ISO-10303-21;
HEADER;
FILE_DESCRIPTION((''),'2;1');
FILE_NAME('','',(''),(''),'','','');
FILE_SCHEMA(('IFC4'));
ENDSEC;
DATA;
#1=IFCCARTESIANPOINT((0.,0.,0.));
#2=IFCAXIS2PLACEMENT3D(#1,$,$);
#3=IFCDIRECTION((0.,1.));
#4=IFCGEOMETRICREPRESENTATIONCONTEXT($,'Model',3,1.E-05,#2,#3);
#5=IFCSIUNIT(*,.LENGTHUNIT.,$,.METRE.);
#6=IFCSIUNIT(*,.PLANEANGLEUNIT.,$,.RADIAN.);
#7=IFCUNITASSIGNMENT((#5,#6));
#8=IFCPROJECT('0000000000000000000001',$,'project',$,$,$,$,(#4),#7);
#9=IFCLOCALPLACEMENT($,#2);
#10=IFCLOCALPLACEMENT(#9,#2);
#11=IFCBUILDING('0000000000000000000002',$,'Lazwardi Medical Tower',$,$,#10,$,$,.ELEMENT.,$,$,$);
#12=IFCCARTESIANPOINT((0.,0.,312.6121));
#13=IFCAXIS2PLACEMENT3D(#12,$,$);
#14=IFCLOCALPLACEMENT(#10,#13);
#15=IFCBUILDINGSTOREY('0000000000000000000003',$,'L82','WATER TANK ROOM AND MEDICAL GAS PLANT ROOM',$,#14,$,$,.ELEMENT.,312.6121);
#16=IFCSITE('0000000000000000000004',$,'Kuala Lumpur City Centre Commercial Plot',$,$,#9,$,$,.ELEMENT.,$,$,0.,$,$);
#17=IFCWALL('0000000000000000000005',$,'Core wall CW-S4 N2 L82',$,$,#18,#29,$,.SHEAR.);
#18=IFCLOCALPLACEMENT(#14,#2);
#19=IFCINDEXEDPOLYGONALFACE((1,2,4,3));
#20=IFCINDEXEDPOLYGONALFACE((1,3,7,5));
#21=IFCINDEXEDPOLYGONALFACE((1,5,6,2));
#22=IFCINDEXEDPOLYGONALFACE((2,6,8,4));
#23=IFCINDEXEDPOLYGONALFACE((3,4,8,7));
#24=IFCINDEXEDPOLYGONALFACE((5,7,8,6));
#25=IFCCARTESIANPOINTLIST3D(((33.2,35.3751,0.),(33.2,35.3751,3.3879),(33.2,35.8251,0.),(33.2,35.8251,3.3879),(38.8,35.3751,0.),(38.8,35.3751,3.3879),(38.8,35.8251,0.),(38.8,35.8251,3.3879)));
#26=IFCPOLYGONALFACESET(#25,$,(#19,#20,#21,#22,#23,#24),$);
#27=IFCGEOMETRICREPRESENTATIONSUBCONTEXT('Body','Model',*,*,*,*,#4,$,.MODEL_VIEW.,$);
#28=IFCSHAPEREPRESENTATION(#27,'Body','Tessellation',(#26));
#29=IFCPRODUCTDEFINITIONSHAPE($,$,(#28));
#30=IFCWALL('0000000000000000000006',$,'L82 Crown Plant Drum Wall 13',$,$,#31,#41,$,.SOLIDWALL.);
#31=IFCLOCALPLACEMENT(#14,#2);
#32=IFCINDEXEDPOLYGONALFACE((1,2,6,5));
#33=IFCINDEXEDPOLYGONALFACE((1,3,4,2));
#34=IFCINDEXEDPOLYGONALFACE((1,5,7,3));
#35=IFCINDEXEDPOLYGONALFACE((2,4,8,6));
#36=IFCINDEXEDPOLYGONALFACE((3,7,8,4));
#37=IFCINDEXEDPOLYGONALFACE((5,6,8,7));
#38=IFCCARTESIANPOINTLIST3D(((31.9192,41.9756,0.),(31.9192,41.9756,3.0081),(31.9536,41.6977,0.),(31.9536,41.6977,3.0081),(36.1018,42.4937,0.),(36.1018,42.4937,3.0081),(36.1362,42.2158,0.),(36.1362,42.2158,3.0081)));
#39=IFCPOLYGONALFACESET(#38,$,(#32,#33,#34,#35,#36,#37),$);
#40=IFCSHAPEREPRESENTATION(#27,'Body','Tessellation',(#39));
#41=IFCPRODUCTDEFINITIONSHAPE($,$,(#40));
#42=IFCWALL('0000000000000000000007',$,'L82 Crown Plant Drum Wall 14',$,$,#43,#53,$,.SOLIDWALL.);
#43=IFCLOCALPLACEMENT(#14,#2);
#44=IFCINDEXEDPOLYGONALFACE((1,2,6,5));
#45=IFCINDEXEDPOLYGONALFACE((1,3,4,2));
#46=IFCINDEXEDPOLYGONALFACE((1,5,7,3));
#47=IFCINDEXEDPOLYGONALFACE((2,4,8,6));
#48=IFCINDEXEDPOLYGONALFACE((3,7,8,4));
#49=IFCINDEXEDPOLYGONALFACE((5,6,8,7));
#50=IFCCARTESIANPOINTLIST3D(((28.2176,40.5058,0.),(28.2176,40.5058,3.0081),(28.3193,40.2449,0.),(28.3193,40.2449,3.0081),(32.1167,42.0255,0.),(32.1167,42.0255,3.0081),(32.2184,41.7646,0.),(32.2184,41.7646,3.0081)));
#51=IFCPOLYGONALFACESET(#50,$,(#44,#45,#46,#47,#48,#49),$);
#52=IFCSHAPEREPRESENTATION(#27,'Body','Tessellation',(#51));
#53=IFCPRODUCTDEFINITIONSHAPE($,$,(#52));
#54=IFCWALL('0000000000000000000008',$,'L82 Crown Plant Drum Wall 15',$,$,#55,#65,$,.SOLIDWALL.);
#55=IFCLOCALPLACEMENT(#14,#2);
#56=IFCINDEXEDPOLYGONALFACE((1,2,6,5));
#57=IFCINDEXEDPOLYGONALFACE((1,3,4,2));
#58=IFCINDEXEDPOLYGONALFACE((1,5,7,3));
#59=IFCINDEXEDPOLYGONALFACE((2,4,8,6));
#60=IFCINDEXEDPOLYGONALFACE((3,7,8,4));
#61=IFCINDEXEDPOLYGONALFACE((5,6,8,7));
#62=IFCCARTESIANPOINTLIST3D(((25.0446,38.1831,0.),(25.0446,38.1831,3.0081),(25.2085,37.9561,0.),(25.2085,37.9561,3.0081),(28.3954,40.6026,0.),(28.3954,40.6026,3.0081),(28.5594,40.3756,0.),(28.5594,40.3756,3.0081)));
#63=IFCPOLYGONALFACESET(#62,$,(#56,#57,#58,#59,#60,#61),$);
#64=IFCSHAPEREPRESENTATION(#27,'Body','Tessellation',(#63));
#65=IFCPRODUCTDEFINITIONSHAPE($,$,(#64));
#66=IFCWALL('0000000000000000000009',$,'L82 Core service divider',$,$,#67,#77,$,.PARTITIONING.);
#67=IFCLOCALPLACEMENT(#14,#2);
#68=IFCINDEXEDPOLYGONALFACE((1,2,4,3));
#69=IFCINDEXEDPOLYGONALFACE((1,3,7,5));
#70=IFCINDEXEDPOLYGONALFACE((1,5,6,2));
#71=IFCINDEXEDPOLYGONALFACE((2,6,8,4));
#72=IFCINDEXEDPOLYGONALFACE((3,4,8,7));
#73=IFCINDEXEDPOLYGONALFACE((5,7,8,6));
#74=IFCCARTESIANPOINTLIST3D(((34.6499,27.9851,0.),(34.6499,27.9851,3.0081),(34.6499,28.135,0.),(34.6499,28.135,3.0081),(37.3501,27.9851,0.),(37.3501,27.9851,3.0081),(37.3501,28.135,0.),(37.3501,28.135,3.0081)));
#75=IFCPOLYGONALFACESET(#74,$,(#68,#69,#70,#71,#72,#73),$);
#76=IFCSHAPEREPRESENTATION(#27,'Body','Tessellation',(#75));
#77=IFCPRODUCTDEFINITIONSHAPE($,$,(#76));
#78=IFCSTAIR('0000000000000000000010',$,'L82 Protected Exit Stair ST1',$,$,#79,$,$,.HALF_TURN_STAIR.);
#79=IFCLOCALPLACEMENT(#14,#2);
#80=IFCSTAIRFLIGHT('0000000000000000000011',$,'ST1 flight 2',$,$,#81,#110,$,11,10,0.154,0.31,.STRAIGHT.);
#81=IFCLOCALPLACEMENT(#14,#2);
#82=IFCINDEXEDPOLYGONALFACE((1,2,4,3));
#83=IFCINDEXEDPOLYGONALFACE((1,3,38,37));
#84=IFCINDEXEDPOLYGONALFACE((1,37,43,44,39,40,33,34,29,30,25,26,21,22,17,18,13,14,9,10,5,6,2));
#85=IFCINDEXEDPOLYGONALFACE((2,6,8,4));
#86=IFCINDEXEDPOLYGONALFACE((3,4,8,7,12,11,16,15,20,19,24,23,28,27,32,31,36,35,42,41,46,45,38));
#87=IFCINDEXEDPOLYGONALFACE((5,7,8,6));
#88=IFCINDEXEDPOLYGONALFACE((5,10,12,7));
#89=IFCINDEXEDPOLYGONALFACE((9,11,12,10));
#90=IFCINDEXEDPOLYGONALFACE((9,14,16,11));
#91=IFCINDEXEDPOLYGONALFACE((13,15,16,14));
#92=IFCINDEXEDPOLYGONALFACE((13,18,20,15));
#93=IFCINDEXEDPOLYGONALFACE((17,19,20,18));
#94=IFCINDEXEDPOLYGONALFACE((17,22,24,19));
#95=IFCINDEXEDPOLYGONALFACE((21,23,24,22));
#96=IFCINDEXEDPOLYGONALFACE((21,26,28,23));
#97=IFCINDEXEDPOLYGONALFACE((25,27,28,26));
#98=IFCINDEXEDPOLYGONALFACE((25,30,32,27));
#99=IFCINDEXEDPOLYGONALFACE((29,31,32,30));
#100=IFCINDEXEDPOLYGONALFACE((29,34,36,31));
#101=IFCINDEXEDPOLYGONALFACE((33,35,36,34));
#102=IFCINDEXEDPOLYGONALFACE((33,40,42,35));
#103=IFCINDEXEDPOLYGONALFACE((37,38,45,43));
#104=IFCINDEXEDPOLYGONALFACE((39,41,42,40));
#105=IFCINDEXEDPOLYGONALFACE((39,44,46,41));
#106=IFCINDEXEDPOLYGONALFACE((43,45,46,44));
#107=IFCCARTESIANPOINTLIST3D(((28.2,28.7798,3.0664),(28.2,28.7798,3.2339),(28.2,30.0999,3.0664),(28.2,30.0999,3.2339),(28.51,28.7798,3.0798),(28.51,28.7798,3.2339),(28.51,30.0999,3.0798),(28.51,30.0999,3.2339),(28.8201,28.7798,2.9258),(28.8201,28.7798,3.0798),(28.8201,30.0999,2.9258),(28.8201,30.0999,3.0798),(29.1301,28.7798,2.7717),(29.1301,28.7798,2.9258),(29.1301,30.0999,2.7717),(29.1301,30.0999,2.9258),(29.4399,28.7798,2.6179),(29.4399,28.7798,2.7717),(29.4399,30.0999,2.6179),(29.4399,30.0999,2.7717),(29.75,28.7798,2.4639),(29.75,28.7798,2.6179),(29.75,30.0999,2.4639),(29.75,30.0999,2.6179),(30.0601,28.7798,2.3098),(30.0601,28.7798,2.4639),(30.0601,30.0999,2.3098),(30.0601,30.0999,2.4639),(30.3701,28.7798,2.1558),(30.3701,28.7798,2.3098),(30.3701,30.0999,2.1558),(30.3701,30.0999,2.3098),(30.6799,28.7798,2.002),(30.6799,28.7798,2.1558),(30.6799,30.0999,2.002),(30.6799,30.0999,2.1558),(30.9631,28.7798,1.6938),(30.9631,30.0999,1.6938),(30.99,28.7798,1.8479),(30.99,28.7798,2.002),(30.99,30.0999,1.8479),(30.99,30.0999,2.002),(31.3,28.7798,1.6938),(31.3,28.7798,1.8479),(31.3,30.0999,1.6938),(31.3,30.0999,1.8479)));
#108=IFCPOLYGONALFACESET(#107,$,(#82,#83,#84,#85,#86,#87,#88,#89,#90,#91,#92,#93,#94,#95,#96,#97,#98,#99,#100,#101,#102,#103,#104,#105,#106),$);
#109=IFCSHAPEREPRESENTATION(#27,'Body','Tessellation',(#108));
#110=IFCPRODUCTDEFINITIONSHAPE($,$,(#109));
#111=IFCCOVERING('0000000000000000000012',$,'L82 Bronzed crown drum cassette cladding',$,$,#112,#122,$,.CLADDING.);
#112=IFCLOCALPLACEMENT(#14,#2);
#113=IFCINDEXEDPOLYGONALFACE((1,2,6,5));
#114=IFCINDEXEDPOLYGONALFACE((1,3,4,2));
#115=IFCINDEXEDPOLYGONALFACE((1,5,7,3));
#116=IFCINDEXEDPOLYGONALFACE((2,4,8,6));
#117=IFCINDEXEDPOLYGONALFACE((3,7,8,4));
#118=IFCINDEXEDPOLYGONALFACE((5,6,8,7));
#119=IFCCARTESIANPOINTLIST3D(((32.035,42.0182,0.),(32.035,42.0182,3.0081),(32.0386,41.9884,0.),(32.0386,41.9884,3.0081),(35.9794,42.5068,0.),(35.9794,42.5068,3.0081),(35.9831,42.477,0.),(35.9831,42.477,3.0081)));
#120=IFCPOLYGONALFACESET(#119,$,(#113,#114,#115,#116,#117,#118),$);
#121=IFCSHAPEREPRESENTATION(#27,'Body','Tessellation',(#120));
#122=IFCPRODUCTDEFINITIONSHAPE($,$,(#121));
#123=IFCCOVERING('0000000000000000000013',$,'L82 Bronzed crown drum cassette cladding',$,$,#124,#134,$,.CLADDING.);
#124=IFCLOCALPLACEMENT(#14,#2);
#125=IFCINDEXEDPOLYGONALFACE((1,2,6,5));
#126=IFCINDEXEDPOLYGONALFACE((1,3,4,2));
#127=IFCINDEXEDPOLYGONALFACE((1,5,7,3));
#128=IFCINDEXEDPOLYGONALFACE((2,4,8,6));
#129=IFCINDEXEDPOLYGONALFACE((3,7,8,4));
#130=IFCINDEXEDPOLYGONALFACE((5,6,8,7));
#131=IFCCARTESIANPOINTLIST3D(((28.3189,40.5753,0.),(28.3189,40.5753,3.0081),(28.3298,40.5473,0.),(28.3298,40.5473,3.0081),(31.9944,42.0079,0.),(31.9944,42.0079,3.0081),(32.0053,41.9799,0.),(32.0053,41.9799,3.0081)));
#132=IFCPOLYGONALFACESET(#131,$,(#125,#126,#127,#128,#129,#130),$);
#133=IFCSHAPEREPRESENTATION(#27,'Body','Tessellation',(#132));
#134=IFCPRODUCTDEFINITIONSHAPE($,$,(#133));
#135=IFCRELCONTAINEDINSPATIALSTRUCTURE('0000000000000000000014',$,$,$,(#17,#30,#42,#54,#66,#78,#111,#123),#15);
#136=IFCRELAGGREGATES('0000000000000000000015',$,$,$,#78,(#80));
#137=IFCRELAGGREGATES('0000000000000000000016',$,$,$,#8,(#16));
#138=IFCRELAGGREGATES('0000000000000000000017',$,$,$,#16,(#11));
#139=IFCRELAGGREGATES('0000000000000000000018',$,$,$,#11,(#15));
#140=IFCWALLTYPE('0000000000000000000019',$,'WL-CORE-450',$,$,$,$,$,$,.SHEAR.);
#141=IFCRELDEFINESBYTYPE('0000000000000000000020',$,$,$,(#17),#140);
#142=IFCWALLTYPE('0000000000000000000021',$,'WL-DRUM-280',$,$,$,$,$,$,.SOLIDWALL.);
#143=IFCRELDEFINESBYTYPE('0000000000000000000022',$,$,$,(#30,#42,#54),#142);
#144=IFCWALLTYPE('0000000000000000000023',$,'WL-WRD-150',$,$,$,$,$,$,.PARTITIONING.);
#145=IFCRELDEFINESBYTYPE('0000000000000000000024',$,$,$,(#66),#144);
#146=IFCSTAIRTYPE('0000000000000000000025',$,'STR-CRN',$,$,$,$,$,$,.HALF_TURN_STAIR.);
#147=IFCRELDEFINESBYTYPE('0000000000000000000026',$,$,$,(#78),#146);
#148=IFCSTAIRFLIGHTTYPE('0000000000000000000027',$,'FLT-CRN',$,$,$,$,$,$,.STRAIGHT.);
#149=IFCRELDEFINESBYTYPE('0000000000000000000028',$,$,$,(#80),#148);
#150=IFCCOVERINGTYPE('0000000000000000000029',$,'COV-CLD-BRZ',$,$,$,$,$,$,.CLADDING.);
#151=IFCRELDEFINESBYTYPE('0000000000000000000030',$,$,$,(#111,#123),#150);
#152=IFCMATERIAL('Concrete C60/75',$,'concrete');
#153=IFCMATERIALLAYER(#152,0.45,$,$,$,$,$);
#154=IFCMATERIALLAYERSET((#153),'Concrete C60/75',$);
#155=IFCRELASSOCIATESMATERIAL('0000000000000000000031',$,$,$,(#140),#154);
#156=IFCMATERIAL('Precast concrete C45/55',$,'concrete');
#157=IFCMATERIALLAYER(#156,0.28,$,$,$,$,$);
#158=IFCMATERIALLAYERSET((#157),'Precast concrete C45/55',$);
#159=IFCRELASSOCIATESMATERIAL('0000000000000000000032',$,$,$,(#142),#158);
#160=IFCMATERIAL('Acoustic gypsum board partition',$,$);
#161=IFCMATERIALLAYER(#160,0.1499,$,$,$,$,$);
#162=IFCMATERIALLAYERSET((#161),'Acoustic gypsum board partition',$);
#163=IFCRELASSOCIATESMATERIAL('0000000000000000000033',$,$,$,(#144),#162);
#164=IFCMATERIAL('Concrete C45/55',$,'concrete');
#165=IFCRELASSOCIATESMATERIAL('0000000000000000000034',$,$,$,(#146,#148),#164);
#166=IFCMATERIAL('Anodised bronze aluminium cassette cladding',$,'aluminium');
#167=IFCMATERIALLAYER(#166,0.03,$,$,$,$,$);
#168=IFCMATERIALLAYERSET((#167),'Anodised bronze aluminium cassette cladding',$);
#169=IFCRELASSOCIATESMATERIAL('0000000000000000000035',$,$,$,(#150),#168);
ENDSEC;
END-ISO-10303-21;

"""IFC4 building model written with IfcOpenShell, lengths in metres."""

from ifc_helpers import new_model, si_unit, direction, frame, frame_2d, origin, origin_2d, place, context, subcontext, project, spatial, polyline, rectangle, outline, extrude, material, layer, layer_set, type_object, element, aggregate, save


model = new_model("IFC4")

# Units and contexts
model_context = context("Model", 3, precision=1e-05, world=origin(), true_north=direction((0.0, 1.0)))
body_context = subcontext(model_context, "Body", "Model", "MODEL_VIEW")
ifc_project = project(units=[si_unit("LENGTHUNIT", "METRE"), si_unit("PLANEANGLEUNIT", "RADIAN")], contexts=[model_context])

# Site, building, storey
site_placement = place(None, origin())
site = spatial("IfcSite", under=ifc_project, at=site_placement, Name="Kuala Lumpur City Centre Commercial Plot", CompositionType="ELEMENT", RefElevation=0.0)
building_placement = place(site_placement, origin())
building = spatial("IfcBuilding", under=site, at=building_placement, Name="Lazwardi Medical Tower", CompositionType="ELEMENT")
storey_placement = place(building_placement, frame((0.0, 0.0, 312.6121)))
storey = spatial("IfcBuildingStorey", under=building, at=storey_placement, Name="L82", Description="WATER TANK ROOM AND MEDICAL GAS PLANT ROOM", CompositionType="ELEMENT", Elevation=312.6121)

# Shared definitions
ifc_material_1 = material(Name="Concrete C60/75", Category="concrete")

# Walls
ifc_layer_1 = layer(ifc_material_1, 0.45)
ifc_layer_set_1 = layer_set([ifc_layer_1], Name="Concrete C60/75")
wall_type_1 = type_object("IfcWallType", Name="WL-CORE-450", PredefinedType="SHEAR", material=ifc_layer_set_1)
wall_1_placement = place(storey_placement, frame((33.2, 35.6001, 0.0), z_axis=(0.0, 0.0, 1.0), x_axis=(1.0, 0.0, 0.0)))
element("IfcWall", 1, at=wall_1_placement, inside=storey, type_object=wall_type_1, Name="Core wall CW-S4 N2 L82", PredefinedType="SHEAR", context=body_context, shape_type="SweptSolid", body=[
    extrude(rectangle(XDim=5.6001, YDim=0.45, at=frame_2d((2.8, 0.0))), origin(), (0.0, 0.0, 1.0), 3.3879),
])
ifc_material_2 = material(Name="Precast concrete C45/55", Category="concrete")
ifc_layer_2 = layer(ifc_material_2, 0.28)
ifc_layer_set_2 = layer_set([ifc_layer_2], Name="Precast concrete C45/55")
wall_type_2 = type_object("IfcWallType", Name="WL-DRUM-280", PredefinedType="SOLIDWALL", material=ifc_layer_set_2)
wall_2_placement = place(storey_placement, frame((36.1191, 42.3547, 0.0), z_axis=(0.0, 0.0, 1.0), x_axis=(-0.992416, -0.122922, 0.0)))
element("IfcWall", 2, at=wall_2_placement, inside=storey, type_object=wall_type_2, Name="L82 Crown Plant Drum Wall 13", PredefinedType="SOLIDWALL", context=body_context, shape_type="SweptSolid", body=[
    extrude(rectangle(XDim=4.2146, YDim=0.28, at=frame_2d((2.1074, 0.0))), origin(), (0.0, 0.0, 1.0), 3.0081),
])
wall_3_placement = place(storey_placement, frame((32.1675, 41.895, 0.0), z_axis=(0.0, 0.0, 1.0), x_axis=(-0.931727, -0.363158, 0.0)))
element("IfcWall", 3, at=wall_3_placement, inside=storey, type_object=wall_type_2, Name="L82 Crown Plant Drum Wall 14", PredefinedType="SOLIDWALL", context=body_context, shape_type="SweptSolid", body=[
    extrude(rectangle(XDim=4.1848, YDim=0.28, at=frame_2d((2.0923, 0.0))), origin(), (0.0, 0.0, 1.0), 3.0081),
])
wall_4_placement = place(storey_placement, frame((28.4773, 40.489, 0.0), z_axis=(0.0, 0.0, 1.0), x_axis=(-0.810749, -0.585393, 0.0)))
element("IfcWall", 4, at=wall_4_placement, inside=storey, type_object=wall_type_2, Name="L82 Crown Plant Drum Wall 15", PredefinedType="SOLIDWALL", context=body_context, shape_type="SweptSolid", body=[
    extrude(rectangle(XDim=4.1331, YDim=0.28, at=frame_2d((2.0664, 0.0))), origin(), (0.0, 0.0, 1.0), 3.0081),
])

# Wall
ifc_material_3 = material(Name="Acoustic gypsum board partition")
ifc_layer_3 = layer(ifc_material_3, 0.1499)
ifc_layer_set_3 = layer_set([ifc_layer_3], Name="Acoustic gypsum board partition")
wall_type_3 = type_object("IfcWallType", Name="WL-WRD-150", PredefinedType="PARTITIONING", material=ifc_layer_set_3)
wall_5_placement = place(storey_placement, frame((34.6499, 28.0601, 0.0), z_axis=(0.0, 0.0, 1.0), x_axis=(1.0, 0.0, 0.0)))
element("IfcWall", 5, at=wall_5_placement, inside=storey, type_object=wall_type_3, Name="L82 Core service divider", PredefinedType="PARTITIONING", context=body_context, shape_type="SweptSolid", body=[
    extrude(rectangle(XDim=2.7002, YDim=0.1499, at=frame_2d((1.3501, 0.0))), origin(), (0.0, 0.0, 1.0), 3.0081),
])

# Stair, stair flight
ifc_material_4 = material(Name="Concrete C45/55", Category="concrete")
stair_type = type_object("IfcStairType", Name="STR-CRN", PredefinedType="HALF_TURN_STAIR", material=ifc_material_4)
stair_placement = place(storey_placement, origin())
stair = element("IfcStair", 6, at=stair_placement, inside=storey, type_object=stair_type, Name="L82 Protected Exit Stair ST1", PredefinedType="HALF_TURN_STAIR")
stair_flight_type = type_object("IfcStairFlightType", Name="FLT-CRN", PredefinedType="STRAIGHT", material=ifc_material_4)
stair_flight_placement = place(storey_placement, frame((31.3, 29.4399, 1.6938), z_axis=(0.0, 0.0, 1.0), x_axis=(-1.0, 0.0, 0.0)))
stair_flight = element("IfcStairFlight", 7, at=stair_flight_placement, type_object=stair_flight_type, Name="ST1 flight 2", NumberOfRisers=11, NumberOfTreads=10, PredefinedType="STRAIGHT", RiserHeight=0.154, TreadLength=0.31, context=body_context, shape_type="SweptSolid", body=[
    extrude(outline(polyline([(0.0, 0.0), (0.0, 0.1541), (0.3101, 0.1541), (0.3101, 0.3081), (0.6201, 0.3081), (0.6201, 0.4619), (0.9299, 0.4619), (0.9299, 0.616), (1.24, 0.616), (1.24, 0.77), (1.55, 0.77), (1.55, 0.9241), (1.8601, 0.9241), (1.8601, 1.0779), (2.1699, 1.0779), (2.1699, 1.2319), (2.48, 1.2319), (2.48, 1.386), (2.79, 1.386), (2.79, 1.54), (3.1001, 1.54), (3.1001, 1.6941), (3.1001, 1.3726), (0.3369, 0.0), (0.0, 0.0)])), frame((0.0, 0.6602, 0.0), z_axis=(0.0, -1.0, 0.0), x_axis=(1.0, 0.0, 0.0)), (0.0, 0.0, 1.0), 1.3201),
])
aggregate(stair, [stair_flight])

# Coverings
ifc_material_5 = material(Name="Anodised bronze aluminium cassette cladding", Category="aluminium")
ifc_layer_4 = layer(ifc_material_5, 0.03)
ifc_layer_set_4 = layer_set([ifc_layer_4], Name="Anodised bronze aluminium cassette cladding")
covering_type = type_object("IfcCoveringType", Name="COV-CLD-BRZ", PredefinedType="CLADDING", material=ifc_layer_set_4)
covering_1_placement = place(storey_placement, frame((34.009, 42.2476, 0.0), z_axis=(0.0, 0.0, 1.0), x_axis=(-0.992415, -0.122933, 0.0)))
element("IfcCovering", 8, at=covering_1_placement, inside=storey, type_object=covering_type, Name="L82 Bronzed crown drum cassette cladding", PredefinedType="CLADDING", context=body_context, shape_type="SweptSolid", body=[
    extrude(rectangle(XDim=3.9746, YDim=0.03, at=origin_2d()), origin(), (0.0, 0.0, 1.0), 3.0081),
])
covering_2_placement = place(storey_placement, frame((30.1621, 41.2776, 0.0), z_axis=(0.0, 0.0, 1.0), x_axis=(-0.931731, -0.36315, 0.0)))
element("IfcCovering", 9, at=covering_2_placement, inside=storey, type_object=covering_type, Name="L82 Bronzed crown drum cassette cladding", PredefinedType="CLADDING", context=body_context, shape_type="SweptSolid", body=[
    extrude(rectangle(XDim=3.9448, YDim=0.03, at=origin_2d()), origin(), (0.0, 0.0, 1.0), 3.0081),
])

save(model, "model.ifc")
